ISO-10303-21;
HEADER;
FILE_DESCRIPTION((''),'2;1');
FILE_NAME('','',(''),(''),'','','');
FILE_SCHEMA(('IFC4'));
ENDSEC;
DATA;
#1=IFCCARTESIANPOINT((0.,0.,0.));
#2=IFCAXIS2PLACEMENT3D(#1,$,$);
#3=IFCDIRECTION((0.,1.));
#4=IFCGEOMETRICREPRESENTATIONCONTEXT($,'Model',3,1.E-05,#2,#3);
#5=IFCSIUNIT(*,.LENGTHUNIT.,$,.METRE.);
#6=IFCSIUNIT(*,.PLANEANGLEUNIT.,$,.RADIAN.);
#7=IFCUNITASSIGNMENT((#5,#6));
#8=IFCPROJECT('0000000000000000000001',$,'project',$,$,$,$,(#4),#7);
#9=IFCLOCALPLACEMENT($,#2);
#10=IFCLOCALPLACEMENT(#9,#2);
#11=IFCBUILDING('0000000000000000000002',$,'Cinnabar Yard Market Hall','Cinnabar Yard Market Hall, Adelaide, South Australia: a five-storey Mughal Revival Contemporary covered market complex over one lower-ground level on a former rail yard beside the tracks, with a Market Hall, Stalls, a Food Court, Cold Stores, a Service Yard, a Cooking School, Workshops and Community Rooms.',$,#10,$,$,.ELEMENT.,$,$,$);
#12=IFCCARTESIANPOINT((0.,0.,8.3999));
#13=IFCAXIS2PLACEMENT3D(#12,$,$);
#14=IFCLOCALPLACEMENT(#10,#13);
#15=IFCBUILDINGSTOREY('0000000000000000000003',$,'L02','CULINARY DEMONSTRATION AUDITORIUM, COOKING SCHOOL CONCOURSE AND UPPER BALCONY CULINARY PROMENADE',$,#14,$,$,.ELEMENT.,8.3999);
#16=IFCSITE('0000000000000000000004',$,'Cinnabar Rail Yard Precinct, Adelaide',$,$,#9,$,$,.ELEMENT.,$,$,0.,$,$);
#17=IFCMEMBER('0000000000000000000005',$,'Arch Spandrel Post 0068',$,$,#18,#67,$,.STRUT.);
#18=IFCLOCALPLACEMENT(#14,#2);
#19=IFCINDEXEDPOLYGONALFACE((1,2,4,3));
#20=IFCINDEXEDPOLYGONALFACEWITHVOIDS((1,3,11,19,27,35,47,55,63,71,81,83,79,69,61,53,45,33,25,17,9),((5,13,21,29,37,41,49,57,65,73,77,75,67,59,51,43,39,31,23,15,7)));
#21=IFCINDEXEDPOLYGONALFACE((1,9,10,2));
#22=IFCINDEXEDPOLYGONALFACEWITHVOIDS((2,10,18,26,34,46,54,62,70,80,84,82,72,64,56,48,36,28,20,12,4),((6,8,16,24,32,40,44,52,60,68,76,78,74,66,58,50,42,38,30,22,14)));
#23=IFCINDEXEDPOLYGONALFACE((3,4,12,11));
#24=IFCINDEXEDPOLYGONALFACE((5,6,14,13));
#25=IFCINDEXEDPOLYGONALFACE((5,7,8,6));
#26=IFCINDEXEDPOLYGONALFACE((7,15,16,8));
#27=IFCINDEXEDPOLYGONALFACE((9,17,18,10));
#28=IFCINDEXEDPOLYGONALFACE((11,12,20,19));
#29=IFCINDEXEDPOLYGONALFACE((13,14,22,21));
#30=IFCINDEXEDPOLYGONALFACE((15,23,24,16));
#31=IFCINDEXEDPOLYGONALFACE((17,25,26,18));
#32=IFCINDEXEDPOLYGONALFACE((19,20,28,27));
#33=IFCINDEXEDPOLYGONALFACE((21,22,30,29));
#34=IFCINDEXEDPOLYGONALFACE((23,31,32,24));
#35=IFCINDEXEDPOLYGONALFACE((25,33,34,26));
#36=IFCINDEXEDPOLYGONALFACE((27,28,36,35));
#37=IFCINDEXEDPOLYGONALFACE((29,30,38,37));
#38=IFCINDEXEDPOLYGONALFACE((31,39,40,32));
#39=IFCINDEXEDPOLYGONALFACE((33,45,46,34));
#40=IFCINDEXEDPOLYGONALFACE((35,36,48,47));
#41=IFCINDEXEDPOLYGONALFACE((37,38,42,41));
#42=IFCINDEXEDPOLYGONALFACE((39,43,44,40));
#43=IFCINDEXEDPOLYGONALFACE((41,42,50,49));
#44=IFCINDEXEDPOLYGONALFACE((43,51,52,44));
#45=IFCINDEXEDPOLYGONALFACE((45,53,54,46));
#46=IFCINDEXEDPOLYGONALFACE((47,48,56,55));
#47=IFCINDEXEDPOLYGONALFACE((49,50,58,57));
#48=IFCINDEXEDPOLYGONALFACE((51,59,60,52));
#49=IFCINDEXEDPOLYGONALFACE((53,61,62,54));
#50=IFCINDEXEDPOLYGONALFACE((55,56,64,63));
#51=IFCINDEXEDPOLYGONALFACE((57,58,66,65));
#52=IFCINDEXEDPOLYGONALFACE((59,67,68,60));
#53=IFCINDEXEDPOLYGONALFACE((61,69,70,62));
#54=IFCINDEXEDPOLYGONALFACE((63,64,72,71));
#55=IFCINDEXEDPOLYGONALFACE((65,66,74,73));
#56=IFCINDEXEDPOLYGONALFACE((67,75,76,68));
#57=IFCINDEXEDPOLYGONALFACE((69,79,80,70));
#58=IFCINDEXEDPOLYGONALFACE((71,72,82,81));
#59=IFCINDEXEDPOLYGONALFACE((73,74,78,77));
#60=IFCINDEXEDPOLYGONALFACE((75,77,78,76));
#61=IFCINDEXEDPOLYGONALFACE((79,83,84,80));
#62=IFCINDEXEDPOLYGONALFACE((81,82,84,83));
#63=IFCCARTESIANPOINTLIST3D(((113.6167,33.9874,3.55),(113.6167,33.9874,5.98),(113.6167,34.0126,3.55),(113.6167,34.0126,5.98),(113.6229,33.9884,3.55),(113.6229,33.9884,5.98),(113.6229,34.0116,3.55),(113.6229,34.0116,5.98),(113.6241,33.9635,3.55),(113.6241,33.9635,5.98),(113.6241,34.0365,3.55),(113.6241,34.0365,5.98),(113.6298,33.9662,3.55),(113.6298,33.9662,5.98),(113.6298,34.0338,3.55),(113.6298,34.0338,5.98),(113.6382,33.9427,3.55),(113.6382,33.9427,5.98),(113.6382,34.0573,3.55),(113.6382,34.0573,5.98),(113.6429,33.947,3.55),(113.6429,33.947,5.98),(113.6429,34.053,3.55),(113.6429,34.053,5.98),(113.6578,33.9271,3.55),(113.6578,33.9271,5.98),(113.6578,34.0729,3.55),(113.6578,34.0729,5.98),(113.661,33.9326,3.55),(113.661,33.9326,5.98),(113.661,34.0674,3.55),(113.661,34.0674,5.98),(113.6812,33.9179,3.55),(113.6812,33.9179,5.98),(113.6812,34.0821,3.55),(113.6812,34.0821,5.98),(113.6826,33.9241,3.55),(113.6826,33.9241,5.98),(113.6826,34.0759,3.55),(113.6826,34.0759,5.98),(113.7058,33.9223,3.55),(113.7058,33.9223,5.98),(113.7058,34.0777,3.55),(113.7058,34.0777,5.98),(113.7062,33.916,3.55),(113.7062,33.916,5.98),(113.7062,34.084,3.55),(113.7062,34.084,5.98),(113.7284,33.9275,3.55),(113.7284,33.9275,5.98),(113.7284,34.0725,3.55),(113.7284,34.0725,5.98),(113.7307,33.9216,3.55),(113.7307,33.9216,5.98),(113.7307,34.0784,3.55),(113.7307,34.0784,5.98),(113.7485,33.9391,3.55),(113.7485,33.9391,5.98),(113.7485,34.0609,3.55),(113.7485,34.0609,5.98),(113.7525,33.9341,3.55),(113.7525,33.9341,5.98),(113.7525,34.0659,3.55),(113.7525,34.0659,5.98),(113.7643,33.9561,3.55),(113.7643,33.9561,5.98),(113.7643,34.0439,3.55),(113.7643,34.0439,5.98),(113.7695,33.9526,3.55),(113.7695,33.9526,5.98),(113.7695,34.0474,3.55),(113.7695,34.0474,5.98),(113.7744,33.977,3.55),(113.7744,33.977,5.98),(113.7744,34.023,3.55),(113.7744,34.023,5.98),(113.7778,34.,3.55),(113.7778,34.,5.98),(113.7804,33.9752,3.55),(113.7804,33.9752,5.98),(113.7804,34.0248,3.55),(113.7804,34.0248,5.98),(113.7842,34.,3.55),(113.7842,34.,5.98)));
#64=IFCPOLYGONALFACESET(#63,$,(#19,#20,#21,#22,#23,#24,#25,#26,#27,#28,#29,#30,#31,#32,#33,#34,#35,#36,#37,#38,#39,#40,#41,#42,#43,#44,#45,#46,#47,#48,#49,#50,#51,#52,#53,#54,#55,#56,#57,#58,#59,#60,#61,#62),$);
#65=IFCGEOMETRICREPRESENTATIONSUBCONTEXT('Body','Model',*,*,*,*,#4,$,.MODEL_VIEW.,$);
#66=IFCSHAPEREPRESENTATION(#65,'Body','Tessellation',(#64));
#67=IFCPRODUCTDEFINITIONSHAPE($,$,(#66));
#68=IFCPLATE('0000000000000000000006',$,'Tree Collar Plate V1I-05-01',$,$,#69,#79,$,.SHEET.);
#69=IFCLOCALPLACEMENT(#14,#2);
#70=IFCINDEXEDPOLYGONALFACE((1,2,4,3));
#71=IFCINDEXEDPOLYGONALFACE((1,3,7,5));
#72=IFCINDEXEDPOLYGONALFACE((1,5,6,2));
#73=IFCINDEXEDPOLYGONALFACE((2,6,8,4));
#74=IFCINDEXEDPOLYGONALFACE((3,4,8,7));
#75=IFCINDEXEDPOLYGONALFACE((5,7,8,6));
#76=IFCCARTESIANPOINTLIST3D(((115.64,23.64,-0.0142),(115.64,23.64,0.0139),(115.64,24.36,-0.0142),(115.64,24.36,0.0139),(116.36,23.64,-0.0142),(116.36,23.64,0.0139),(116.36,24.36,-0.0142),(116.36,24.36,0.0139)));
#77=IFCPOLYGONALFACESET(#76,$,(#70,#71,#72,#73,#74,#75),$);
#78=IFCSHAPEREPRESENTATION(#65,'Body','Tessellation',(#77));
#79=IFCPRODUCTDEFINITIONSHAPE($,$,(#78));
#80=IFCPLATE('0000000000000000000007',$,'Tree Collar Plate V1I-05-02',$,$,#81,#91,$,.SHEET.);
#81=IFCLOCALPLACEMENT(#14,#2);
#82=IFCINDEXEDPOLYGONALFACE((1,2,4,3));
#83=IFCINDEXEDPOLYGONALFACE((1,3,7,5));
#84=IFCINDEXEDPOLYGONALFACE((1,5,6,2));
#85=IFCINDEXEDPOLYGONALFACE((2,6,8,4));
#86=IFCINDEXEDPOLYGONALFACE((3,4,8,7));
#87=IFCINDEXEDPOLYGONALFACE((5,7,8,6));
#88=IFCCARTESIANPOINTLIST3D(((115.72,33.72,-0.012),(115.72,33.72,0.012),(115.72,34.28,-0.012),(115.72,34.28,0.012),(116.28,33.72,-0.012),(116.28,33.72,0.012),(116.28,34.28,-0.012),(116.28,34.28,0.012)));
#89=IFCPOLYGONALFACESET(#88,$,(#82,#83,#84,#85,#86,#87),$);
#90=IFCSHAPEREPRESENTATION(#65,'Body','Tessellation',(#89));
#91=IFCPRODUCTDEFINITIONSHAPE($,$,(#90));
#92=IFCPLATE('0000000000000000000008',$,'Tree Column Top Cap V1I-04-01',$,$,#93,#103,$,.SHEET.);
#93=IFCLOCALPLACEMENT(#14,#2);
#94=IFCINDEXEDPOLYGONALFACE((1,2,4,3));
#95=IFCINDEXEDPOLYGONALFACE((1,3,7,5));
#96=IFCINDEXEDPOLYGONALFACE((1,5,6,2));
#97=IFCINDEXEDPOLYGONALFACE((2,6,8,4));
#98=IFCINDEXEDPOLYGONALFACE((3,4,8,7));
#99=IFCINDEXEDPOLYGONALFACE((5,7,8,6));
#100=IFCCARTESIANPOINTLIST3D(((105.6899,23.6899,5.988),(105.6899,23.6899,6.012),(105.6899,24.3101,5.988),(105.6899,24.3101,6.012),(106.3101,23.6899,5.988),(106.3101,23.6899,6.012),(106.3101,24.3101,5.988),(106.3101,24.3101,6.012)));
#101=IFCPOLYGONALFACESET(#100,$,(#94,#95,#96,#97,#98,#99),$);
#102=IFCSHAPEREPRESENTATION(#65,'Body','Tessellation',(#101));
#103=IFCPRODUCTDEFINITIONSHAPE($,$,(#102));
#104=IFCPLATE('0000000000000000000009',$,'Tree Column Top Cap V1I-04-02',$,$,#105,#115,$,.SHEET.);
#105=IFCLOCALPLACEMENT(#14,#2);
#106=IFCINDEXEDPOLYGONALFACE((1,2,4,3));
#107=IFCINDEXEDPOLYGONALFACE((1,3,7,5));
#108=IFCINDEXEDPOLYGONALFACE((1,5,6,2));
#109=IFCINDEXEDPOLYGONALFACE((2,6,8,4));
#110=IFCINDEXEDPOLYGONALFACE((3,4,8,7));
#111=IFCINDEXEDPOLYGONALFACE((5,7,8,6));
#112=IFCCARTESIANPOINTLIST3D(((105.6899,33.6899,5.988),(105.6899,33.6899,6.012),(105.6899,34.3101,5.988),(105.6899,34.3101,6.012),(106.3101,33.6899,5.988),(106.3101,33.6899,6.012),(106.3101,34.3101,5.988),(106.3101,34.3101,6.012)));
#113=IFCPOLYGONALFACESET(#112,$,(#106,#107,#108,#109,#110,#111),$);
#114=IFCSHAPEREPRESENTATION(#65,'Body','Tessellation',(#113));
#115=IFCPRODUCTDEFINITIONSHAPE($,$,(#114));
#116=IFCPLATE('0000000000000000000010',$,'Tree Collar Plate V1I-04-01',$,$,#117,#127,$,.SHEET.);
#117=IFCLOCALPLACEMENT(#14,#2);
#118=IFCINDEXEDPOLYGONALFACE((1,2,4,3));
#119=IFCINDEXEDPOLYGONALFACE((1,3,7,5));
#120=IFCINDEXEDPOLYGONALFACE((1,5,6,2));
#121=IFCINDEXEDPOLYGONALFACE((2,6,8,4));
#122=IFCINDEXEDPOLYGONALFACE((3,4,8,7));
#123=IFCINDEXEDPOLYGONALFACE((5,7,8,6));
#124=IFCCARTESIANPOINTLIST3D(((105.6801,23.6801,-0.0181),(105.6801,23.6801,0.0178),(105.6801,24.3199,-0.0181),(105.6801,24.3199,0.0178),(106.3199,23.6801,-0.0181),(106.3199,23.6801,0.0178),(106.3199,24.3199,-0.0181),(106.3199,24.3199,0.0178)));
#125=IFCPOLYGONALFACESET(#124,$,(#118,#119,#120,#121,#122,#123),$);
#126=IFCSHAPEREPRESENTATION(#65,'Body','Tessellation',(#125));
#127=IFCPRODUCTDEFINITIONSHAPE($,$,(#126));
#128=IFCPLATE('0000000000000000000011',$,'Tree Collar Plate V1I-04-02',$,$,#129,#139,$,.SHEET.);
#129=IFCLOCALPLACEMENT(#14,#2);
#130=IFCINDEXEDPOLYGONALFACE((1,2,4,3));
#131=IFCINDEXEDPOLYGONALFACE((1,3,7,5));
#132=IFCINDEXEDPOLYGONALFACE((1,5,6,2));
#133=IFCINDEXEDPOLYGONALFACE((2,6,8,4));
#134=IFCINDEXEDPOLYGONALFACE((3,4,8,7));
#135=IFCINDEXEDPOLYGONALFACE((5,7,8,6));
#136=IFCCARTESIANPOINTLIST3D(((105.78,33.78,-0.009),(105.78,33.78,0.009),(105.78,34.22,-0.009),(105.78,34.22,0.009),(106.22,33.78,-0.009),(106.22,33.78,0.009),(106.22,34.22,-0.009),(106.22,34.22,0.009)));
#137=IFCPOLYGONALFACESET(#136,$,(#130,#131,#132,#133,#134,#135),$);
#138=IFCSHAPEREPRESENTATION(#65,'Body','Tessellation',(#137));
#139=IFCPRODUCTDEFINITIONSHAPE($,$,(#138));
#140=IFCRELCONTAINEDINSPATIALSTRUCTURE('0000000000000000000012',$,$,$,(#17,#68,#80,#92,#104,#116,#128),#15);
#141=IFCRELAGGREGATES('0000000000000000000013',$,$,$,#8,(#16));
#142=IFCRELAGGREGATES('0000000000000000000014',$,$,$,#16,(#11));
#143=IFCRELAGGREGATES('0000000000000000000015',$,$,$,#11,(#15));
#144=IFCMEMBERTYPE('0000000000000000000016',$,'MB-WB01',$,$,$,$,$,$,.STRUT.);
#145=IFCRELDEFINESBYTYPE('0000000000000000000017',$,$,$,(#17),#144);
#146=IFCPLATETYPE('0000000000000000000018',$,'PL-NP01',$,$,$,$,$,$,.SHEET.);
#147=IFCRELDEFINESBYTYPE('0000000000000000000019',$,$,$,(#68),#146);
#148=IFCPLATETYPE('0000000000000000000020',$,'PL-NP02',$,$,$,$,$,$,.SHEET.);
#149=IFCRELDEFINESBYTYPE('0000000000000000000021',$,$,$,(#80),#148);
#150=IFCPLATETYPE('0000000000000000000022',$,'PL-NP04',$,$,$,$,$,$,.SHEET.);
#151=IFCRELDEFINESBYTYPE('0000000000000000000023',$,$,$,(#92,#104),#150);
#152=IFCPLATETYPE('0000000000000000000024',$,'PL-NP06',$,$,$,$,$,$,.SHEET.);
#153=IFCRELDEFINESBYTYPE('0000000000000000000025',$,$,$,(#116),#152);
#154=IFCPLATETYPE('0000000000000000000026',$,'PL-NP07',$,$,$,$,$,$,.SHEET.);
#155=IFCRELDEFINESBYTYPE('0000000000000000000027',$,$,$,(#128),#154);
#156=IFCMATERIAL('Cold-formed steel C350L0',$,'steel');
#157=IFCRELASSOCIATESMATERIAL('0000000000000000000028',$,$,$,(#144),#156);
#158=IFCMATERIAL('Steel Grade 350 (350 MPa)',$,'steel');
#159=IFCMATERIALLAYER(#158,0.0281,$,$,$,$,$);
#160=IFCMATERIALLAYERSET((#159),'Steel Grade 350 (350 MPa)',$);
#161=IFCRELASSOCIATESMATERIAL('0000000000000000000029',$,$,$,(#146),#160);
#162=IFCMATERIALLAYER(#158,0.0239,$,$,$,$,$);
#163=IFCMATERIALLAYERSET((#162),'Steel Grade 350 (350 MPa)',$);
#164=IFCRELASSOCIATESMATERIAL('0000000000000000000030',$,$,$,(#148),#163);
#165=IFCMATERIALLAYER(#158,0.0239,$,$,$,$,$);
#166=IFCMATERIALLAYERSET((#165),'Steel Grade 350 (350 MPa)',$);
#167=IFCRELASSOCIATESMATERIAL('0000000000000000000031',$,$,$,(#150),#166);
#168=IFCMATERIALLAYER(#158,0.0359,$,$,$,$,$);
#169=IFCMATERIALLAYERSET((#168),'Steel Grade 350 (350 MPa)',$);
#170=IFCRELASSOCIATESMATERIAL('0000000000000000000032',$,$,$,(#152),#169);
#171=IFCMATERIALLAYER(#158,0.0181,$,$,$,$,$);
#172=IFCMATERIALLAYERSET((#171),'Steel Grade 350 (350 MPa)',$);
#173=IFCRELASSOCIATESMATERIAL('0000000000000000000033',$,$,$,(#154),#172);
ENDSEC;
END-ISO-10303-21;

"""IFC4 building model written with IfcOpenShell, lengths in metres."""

from ifc_helpers import new_model, si_unit, direction, frame, origin, origin_2d_with_axis, place, context, subcontext, project, spatial, rectangle, hollow_circle, extrude, material, layer, layer_set, material_profile, profile_set, type_object, element, save


model = new_model("IFC4")

# Units and contexts
model_context = context("Model", 3, precision=1e-05, world=origin(), true_north=direction((0.0, 1.0)))
body_context = subcontext(model_context, "Body", "Model", "MODEL_VIEW")
ifc_project = project(units=[si_unit("LENGTHUNIT", "METRE"), si_unit("PLANEANGLEUNIT", "RADIAN")], contexts=[model_context])

# Site, building, storey
site_placement = place(None, origin())
site = spatial("IfcSite", under=ifc_project, at=site_placement, Name="Cinnabar Rail Yard Precinct, Adelaide", CompositionType="ELEMENT", RefElevation=0.0)
building_placement = place(site_placement, origin())
building = spatial("IfcBuilding", under=site, at=building_placement, Name="Cinnabar Yard Market Hall", Description="Cinnabar Yard Market Hall, Adelaide, South Australia: a five-storey Mughal Revival Contemporary covered market complex over one lower-ground level on a former rail yard beside the tracks, with a Market Hall, Stalls, a Food Court, Cold Stores, a Service Yard, a Cooking School, Workshops and Community Rooms.", CompositionType="ELEMENT")
storey_placement = place(building_placement, frame((0.0, 0.0, 8.3999)))
storey = spatial("IfcBuildingStorey", under=building, at=storey_placement, Name="L02", Description="CULINARY DEMONSTRATION AUDITORIUM, COOKING SCHOOL CONCOURSE AND UPPER BALCONY CULINARY PROMENADE", CompositionType="ELEMENT", Elevation=8.3999)

# Member
ifc_material_1 = material(Name="Cold-formed steel C350L0", Category="steel")
ifc_material_profile_1 = material_profile(ifc_material_1, hollow_circle(Radius=0.0842, WallThickness=0.0063, at=origin_2d_with_axis()), Name="168.3x6.4CHS")
ifc_profile_set_1 = profile_set([ifc_material_profile_1], Name="Cold-formed steel C350L0")
member_type_1 = type_object("IfcMemberType", Name="MB-WB01", PredefinedType="STRUT", material=ifc_profile_set_1)
for number, where, z_axis, x_axis, name in (
    (1, (113.7, 34.0, 3.55), (0.0, 0.0, 1.0), (1.0, 0.0, 0.0), "Arch Spandrel Post 0068"),
):
    element("IfcMember", number, at=place(storey_placement, frame(where, z_axis=z_axis, x_axis=x_axis)), inside=storey, type_object=member_type_1, Name=name, PredefinedType="STRUT", context=body_context, shape_type="SweptSolid", body=[
        extrude(hollow_circle(Radius=0.0842, WallThickness=0.0063, at=origin_2d_with_axis()), origin(), (0.0, 0.0, 1.0), 2.4299),
    ])

# Plates
ifc_material_2 = material(Name="Steel Grade 350 (350 MPa)", Category="steel")
ifc_layer_1 = layer(ifc_material_2, 0.0281)
ifc_layer_set_1 = layer_set([ifc_layer_1], Name="Steel Grade 350 (350 MPa)")
plate_type_1 = type_object("IfcPlateType", Name="PL-NP01", PredefinedType="SHEET", material=ifc_layer_set_1)
plate_1_placement = place(storey_placement, frame((116.0, 24.0, -0.0142), z_axis=(0.0, 0.0, 1.0), x_axis=(1.0, 0.0, 0.0)))
element("IfcPlate", 2, at=plate_1_placement, inside=storey, type_object=plate_type_1, Name="Tree Collar Plate V1I-05-01", PredefinedType="SHEET", context=body_context, shape_type="SweptSolid", body=[
    extrude(rectangle(XDim=0.72, YDim=0.72, at=origin_2d_with_axis()), origin(), (0.0, 0.0, 1.0), 0.0281),
])
ifc_layer_2 = layer(ifc_material_2, 0.0239)
ifc_layer_set_2 = layer_set([ifc_layer_2], Name="Steel Grade 350 (350 MPa)")
plate_type_2 = type_object("IfcPlateType", Name="PL-NP02", PredefinedType="SHEET", material=ifc_layer_set_2)
plate_2_placement = place(storey_placement, frame((116.0, 34.0, -0.012), z_axis=(0.0, 0.0, 1.0), x_axis=(1.0, 0.0, 0.0)))
element("IfcPlate", 3, at=plate_2_placement, inside=storey, type_object=plate_type_2, Name="Tree Collar Plate V1I-05-02", PredefinedType="SHEET", context=body_context, shape_type="SweptSolid", body=[
    extrude(rectangle(XDim=0.5601, YDim=0.5601, at=origin_2d_with_axis()), origin(), (0.0, 0.0, 1.0), 0.0239),
])
ifc_layer_3 = layer(ifc_material_2, 0.0239)
ifc_layer_set_3 = layer_set([ifc_layer_3], Name="Steel Grade 350 (350 MPa)")
plate_type_3 = type_object("IfcPlateType", Name="PL-NP04", PredefinedType="SHEET", material=ifc_layer_set_3)
for number, where, z_axis, x_axis, name in (
    (4, (106.0, 24.0, 5.988), (0.0, 0.0, 1.0), (1.0, 0.0, 0.0), "Tree Column Top Cap V1I-04-01"),
    (5, (106.0, 34.0, 5.988), (0.0, 0.0, 1.0), (1.0, 0.0, 0.0), "Tree Column Top Cap V1I-04-02"),
):
    element("IfcPlate", number, at=place(storey_placement, frame(where, z_axis=z_axis, x_axis=x_axis)), inside=storey, type_object=plate_type_3, Name=name, PredefinedType="SHEET", context=body_context, shape_type="SweptSolid", body=[
        extrude(rectangle(XDim=0.6201, YDim=0.6201, at=origin_2d_with_axis()), origin(), (0.0, 0.0, 1.0), 0.0239),
    ])
ifc_layer_4 = layer(ifc_material_2, 0.0359)
ifc_layer_set_4 = layer_set([ifc_layer_4], Name="Steel Grade 350 (350 MPa)")
plate_type_4 = type_object("IfcPlateType", Name="PL-NP06", PredefinedType="SHEET", material=ifc_layer_set_4)
plate_3_placement = place(storey_placement, frame((106.0, 24.0, -0.0181), z_axis=(0.0, 0.0, 1.0), x_axis=(1.0, 0.0, 0.0)))
element("IfcPlate", 6, at=plate_3_placement, inside=storey, type_object=plate_type_4, Name="Tree Collar Plate V1I-04-01", PredefinedType="SHEET", context=body_context, shape_type="SweptSolid", body=[
    extrude(rectangle(XDim=0.6399, YDim=0.6399, at=origin_2d_with_axis()), origin(), (0.0, 0.0, 1.0), 0.0359),
])
ifc_layer_5 = layer(ifc_material_2, 0.0181)
ifc_layer_set_5 = layer_set([ifc_layer_5], Name="Steel Grade 350 (350 MPa)")
plate_type_5 = type_object("IfcPlateType", Name="PL-NP07", PredefinedType="SHEET", material=ifc_layer_set_5)
plate_4_placement = place(storey_placement, frame((106.0, 34.0, -0.009), z_axis=(0.0, 0.0, 1.0), x_axis=(1.0, 0.0, 0.0)))
element("IfcPlate", 7, at=plate_4_placement, inside=storey, type_object=plate_type_5, Name="Tree Collar Plate V1I-04-02", PredefinedType="SHEET", context=body_context, shape_type="SweptSolid", body=[
    extrude(rectangle(XDim=0.4399, YDim=0.4399, at=origin_2d_with_axis()), origin(), (0.0, 0.0, 1.0), 0.0181),
])

save(model, "model.ifc")
